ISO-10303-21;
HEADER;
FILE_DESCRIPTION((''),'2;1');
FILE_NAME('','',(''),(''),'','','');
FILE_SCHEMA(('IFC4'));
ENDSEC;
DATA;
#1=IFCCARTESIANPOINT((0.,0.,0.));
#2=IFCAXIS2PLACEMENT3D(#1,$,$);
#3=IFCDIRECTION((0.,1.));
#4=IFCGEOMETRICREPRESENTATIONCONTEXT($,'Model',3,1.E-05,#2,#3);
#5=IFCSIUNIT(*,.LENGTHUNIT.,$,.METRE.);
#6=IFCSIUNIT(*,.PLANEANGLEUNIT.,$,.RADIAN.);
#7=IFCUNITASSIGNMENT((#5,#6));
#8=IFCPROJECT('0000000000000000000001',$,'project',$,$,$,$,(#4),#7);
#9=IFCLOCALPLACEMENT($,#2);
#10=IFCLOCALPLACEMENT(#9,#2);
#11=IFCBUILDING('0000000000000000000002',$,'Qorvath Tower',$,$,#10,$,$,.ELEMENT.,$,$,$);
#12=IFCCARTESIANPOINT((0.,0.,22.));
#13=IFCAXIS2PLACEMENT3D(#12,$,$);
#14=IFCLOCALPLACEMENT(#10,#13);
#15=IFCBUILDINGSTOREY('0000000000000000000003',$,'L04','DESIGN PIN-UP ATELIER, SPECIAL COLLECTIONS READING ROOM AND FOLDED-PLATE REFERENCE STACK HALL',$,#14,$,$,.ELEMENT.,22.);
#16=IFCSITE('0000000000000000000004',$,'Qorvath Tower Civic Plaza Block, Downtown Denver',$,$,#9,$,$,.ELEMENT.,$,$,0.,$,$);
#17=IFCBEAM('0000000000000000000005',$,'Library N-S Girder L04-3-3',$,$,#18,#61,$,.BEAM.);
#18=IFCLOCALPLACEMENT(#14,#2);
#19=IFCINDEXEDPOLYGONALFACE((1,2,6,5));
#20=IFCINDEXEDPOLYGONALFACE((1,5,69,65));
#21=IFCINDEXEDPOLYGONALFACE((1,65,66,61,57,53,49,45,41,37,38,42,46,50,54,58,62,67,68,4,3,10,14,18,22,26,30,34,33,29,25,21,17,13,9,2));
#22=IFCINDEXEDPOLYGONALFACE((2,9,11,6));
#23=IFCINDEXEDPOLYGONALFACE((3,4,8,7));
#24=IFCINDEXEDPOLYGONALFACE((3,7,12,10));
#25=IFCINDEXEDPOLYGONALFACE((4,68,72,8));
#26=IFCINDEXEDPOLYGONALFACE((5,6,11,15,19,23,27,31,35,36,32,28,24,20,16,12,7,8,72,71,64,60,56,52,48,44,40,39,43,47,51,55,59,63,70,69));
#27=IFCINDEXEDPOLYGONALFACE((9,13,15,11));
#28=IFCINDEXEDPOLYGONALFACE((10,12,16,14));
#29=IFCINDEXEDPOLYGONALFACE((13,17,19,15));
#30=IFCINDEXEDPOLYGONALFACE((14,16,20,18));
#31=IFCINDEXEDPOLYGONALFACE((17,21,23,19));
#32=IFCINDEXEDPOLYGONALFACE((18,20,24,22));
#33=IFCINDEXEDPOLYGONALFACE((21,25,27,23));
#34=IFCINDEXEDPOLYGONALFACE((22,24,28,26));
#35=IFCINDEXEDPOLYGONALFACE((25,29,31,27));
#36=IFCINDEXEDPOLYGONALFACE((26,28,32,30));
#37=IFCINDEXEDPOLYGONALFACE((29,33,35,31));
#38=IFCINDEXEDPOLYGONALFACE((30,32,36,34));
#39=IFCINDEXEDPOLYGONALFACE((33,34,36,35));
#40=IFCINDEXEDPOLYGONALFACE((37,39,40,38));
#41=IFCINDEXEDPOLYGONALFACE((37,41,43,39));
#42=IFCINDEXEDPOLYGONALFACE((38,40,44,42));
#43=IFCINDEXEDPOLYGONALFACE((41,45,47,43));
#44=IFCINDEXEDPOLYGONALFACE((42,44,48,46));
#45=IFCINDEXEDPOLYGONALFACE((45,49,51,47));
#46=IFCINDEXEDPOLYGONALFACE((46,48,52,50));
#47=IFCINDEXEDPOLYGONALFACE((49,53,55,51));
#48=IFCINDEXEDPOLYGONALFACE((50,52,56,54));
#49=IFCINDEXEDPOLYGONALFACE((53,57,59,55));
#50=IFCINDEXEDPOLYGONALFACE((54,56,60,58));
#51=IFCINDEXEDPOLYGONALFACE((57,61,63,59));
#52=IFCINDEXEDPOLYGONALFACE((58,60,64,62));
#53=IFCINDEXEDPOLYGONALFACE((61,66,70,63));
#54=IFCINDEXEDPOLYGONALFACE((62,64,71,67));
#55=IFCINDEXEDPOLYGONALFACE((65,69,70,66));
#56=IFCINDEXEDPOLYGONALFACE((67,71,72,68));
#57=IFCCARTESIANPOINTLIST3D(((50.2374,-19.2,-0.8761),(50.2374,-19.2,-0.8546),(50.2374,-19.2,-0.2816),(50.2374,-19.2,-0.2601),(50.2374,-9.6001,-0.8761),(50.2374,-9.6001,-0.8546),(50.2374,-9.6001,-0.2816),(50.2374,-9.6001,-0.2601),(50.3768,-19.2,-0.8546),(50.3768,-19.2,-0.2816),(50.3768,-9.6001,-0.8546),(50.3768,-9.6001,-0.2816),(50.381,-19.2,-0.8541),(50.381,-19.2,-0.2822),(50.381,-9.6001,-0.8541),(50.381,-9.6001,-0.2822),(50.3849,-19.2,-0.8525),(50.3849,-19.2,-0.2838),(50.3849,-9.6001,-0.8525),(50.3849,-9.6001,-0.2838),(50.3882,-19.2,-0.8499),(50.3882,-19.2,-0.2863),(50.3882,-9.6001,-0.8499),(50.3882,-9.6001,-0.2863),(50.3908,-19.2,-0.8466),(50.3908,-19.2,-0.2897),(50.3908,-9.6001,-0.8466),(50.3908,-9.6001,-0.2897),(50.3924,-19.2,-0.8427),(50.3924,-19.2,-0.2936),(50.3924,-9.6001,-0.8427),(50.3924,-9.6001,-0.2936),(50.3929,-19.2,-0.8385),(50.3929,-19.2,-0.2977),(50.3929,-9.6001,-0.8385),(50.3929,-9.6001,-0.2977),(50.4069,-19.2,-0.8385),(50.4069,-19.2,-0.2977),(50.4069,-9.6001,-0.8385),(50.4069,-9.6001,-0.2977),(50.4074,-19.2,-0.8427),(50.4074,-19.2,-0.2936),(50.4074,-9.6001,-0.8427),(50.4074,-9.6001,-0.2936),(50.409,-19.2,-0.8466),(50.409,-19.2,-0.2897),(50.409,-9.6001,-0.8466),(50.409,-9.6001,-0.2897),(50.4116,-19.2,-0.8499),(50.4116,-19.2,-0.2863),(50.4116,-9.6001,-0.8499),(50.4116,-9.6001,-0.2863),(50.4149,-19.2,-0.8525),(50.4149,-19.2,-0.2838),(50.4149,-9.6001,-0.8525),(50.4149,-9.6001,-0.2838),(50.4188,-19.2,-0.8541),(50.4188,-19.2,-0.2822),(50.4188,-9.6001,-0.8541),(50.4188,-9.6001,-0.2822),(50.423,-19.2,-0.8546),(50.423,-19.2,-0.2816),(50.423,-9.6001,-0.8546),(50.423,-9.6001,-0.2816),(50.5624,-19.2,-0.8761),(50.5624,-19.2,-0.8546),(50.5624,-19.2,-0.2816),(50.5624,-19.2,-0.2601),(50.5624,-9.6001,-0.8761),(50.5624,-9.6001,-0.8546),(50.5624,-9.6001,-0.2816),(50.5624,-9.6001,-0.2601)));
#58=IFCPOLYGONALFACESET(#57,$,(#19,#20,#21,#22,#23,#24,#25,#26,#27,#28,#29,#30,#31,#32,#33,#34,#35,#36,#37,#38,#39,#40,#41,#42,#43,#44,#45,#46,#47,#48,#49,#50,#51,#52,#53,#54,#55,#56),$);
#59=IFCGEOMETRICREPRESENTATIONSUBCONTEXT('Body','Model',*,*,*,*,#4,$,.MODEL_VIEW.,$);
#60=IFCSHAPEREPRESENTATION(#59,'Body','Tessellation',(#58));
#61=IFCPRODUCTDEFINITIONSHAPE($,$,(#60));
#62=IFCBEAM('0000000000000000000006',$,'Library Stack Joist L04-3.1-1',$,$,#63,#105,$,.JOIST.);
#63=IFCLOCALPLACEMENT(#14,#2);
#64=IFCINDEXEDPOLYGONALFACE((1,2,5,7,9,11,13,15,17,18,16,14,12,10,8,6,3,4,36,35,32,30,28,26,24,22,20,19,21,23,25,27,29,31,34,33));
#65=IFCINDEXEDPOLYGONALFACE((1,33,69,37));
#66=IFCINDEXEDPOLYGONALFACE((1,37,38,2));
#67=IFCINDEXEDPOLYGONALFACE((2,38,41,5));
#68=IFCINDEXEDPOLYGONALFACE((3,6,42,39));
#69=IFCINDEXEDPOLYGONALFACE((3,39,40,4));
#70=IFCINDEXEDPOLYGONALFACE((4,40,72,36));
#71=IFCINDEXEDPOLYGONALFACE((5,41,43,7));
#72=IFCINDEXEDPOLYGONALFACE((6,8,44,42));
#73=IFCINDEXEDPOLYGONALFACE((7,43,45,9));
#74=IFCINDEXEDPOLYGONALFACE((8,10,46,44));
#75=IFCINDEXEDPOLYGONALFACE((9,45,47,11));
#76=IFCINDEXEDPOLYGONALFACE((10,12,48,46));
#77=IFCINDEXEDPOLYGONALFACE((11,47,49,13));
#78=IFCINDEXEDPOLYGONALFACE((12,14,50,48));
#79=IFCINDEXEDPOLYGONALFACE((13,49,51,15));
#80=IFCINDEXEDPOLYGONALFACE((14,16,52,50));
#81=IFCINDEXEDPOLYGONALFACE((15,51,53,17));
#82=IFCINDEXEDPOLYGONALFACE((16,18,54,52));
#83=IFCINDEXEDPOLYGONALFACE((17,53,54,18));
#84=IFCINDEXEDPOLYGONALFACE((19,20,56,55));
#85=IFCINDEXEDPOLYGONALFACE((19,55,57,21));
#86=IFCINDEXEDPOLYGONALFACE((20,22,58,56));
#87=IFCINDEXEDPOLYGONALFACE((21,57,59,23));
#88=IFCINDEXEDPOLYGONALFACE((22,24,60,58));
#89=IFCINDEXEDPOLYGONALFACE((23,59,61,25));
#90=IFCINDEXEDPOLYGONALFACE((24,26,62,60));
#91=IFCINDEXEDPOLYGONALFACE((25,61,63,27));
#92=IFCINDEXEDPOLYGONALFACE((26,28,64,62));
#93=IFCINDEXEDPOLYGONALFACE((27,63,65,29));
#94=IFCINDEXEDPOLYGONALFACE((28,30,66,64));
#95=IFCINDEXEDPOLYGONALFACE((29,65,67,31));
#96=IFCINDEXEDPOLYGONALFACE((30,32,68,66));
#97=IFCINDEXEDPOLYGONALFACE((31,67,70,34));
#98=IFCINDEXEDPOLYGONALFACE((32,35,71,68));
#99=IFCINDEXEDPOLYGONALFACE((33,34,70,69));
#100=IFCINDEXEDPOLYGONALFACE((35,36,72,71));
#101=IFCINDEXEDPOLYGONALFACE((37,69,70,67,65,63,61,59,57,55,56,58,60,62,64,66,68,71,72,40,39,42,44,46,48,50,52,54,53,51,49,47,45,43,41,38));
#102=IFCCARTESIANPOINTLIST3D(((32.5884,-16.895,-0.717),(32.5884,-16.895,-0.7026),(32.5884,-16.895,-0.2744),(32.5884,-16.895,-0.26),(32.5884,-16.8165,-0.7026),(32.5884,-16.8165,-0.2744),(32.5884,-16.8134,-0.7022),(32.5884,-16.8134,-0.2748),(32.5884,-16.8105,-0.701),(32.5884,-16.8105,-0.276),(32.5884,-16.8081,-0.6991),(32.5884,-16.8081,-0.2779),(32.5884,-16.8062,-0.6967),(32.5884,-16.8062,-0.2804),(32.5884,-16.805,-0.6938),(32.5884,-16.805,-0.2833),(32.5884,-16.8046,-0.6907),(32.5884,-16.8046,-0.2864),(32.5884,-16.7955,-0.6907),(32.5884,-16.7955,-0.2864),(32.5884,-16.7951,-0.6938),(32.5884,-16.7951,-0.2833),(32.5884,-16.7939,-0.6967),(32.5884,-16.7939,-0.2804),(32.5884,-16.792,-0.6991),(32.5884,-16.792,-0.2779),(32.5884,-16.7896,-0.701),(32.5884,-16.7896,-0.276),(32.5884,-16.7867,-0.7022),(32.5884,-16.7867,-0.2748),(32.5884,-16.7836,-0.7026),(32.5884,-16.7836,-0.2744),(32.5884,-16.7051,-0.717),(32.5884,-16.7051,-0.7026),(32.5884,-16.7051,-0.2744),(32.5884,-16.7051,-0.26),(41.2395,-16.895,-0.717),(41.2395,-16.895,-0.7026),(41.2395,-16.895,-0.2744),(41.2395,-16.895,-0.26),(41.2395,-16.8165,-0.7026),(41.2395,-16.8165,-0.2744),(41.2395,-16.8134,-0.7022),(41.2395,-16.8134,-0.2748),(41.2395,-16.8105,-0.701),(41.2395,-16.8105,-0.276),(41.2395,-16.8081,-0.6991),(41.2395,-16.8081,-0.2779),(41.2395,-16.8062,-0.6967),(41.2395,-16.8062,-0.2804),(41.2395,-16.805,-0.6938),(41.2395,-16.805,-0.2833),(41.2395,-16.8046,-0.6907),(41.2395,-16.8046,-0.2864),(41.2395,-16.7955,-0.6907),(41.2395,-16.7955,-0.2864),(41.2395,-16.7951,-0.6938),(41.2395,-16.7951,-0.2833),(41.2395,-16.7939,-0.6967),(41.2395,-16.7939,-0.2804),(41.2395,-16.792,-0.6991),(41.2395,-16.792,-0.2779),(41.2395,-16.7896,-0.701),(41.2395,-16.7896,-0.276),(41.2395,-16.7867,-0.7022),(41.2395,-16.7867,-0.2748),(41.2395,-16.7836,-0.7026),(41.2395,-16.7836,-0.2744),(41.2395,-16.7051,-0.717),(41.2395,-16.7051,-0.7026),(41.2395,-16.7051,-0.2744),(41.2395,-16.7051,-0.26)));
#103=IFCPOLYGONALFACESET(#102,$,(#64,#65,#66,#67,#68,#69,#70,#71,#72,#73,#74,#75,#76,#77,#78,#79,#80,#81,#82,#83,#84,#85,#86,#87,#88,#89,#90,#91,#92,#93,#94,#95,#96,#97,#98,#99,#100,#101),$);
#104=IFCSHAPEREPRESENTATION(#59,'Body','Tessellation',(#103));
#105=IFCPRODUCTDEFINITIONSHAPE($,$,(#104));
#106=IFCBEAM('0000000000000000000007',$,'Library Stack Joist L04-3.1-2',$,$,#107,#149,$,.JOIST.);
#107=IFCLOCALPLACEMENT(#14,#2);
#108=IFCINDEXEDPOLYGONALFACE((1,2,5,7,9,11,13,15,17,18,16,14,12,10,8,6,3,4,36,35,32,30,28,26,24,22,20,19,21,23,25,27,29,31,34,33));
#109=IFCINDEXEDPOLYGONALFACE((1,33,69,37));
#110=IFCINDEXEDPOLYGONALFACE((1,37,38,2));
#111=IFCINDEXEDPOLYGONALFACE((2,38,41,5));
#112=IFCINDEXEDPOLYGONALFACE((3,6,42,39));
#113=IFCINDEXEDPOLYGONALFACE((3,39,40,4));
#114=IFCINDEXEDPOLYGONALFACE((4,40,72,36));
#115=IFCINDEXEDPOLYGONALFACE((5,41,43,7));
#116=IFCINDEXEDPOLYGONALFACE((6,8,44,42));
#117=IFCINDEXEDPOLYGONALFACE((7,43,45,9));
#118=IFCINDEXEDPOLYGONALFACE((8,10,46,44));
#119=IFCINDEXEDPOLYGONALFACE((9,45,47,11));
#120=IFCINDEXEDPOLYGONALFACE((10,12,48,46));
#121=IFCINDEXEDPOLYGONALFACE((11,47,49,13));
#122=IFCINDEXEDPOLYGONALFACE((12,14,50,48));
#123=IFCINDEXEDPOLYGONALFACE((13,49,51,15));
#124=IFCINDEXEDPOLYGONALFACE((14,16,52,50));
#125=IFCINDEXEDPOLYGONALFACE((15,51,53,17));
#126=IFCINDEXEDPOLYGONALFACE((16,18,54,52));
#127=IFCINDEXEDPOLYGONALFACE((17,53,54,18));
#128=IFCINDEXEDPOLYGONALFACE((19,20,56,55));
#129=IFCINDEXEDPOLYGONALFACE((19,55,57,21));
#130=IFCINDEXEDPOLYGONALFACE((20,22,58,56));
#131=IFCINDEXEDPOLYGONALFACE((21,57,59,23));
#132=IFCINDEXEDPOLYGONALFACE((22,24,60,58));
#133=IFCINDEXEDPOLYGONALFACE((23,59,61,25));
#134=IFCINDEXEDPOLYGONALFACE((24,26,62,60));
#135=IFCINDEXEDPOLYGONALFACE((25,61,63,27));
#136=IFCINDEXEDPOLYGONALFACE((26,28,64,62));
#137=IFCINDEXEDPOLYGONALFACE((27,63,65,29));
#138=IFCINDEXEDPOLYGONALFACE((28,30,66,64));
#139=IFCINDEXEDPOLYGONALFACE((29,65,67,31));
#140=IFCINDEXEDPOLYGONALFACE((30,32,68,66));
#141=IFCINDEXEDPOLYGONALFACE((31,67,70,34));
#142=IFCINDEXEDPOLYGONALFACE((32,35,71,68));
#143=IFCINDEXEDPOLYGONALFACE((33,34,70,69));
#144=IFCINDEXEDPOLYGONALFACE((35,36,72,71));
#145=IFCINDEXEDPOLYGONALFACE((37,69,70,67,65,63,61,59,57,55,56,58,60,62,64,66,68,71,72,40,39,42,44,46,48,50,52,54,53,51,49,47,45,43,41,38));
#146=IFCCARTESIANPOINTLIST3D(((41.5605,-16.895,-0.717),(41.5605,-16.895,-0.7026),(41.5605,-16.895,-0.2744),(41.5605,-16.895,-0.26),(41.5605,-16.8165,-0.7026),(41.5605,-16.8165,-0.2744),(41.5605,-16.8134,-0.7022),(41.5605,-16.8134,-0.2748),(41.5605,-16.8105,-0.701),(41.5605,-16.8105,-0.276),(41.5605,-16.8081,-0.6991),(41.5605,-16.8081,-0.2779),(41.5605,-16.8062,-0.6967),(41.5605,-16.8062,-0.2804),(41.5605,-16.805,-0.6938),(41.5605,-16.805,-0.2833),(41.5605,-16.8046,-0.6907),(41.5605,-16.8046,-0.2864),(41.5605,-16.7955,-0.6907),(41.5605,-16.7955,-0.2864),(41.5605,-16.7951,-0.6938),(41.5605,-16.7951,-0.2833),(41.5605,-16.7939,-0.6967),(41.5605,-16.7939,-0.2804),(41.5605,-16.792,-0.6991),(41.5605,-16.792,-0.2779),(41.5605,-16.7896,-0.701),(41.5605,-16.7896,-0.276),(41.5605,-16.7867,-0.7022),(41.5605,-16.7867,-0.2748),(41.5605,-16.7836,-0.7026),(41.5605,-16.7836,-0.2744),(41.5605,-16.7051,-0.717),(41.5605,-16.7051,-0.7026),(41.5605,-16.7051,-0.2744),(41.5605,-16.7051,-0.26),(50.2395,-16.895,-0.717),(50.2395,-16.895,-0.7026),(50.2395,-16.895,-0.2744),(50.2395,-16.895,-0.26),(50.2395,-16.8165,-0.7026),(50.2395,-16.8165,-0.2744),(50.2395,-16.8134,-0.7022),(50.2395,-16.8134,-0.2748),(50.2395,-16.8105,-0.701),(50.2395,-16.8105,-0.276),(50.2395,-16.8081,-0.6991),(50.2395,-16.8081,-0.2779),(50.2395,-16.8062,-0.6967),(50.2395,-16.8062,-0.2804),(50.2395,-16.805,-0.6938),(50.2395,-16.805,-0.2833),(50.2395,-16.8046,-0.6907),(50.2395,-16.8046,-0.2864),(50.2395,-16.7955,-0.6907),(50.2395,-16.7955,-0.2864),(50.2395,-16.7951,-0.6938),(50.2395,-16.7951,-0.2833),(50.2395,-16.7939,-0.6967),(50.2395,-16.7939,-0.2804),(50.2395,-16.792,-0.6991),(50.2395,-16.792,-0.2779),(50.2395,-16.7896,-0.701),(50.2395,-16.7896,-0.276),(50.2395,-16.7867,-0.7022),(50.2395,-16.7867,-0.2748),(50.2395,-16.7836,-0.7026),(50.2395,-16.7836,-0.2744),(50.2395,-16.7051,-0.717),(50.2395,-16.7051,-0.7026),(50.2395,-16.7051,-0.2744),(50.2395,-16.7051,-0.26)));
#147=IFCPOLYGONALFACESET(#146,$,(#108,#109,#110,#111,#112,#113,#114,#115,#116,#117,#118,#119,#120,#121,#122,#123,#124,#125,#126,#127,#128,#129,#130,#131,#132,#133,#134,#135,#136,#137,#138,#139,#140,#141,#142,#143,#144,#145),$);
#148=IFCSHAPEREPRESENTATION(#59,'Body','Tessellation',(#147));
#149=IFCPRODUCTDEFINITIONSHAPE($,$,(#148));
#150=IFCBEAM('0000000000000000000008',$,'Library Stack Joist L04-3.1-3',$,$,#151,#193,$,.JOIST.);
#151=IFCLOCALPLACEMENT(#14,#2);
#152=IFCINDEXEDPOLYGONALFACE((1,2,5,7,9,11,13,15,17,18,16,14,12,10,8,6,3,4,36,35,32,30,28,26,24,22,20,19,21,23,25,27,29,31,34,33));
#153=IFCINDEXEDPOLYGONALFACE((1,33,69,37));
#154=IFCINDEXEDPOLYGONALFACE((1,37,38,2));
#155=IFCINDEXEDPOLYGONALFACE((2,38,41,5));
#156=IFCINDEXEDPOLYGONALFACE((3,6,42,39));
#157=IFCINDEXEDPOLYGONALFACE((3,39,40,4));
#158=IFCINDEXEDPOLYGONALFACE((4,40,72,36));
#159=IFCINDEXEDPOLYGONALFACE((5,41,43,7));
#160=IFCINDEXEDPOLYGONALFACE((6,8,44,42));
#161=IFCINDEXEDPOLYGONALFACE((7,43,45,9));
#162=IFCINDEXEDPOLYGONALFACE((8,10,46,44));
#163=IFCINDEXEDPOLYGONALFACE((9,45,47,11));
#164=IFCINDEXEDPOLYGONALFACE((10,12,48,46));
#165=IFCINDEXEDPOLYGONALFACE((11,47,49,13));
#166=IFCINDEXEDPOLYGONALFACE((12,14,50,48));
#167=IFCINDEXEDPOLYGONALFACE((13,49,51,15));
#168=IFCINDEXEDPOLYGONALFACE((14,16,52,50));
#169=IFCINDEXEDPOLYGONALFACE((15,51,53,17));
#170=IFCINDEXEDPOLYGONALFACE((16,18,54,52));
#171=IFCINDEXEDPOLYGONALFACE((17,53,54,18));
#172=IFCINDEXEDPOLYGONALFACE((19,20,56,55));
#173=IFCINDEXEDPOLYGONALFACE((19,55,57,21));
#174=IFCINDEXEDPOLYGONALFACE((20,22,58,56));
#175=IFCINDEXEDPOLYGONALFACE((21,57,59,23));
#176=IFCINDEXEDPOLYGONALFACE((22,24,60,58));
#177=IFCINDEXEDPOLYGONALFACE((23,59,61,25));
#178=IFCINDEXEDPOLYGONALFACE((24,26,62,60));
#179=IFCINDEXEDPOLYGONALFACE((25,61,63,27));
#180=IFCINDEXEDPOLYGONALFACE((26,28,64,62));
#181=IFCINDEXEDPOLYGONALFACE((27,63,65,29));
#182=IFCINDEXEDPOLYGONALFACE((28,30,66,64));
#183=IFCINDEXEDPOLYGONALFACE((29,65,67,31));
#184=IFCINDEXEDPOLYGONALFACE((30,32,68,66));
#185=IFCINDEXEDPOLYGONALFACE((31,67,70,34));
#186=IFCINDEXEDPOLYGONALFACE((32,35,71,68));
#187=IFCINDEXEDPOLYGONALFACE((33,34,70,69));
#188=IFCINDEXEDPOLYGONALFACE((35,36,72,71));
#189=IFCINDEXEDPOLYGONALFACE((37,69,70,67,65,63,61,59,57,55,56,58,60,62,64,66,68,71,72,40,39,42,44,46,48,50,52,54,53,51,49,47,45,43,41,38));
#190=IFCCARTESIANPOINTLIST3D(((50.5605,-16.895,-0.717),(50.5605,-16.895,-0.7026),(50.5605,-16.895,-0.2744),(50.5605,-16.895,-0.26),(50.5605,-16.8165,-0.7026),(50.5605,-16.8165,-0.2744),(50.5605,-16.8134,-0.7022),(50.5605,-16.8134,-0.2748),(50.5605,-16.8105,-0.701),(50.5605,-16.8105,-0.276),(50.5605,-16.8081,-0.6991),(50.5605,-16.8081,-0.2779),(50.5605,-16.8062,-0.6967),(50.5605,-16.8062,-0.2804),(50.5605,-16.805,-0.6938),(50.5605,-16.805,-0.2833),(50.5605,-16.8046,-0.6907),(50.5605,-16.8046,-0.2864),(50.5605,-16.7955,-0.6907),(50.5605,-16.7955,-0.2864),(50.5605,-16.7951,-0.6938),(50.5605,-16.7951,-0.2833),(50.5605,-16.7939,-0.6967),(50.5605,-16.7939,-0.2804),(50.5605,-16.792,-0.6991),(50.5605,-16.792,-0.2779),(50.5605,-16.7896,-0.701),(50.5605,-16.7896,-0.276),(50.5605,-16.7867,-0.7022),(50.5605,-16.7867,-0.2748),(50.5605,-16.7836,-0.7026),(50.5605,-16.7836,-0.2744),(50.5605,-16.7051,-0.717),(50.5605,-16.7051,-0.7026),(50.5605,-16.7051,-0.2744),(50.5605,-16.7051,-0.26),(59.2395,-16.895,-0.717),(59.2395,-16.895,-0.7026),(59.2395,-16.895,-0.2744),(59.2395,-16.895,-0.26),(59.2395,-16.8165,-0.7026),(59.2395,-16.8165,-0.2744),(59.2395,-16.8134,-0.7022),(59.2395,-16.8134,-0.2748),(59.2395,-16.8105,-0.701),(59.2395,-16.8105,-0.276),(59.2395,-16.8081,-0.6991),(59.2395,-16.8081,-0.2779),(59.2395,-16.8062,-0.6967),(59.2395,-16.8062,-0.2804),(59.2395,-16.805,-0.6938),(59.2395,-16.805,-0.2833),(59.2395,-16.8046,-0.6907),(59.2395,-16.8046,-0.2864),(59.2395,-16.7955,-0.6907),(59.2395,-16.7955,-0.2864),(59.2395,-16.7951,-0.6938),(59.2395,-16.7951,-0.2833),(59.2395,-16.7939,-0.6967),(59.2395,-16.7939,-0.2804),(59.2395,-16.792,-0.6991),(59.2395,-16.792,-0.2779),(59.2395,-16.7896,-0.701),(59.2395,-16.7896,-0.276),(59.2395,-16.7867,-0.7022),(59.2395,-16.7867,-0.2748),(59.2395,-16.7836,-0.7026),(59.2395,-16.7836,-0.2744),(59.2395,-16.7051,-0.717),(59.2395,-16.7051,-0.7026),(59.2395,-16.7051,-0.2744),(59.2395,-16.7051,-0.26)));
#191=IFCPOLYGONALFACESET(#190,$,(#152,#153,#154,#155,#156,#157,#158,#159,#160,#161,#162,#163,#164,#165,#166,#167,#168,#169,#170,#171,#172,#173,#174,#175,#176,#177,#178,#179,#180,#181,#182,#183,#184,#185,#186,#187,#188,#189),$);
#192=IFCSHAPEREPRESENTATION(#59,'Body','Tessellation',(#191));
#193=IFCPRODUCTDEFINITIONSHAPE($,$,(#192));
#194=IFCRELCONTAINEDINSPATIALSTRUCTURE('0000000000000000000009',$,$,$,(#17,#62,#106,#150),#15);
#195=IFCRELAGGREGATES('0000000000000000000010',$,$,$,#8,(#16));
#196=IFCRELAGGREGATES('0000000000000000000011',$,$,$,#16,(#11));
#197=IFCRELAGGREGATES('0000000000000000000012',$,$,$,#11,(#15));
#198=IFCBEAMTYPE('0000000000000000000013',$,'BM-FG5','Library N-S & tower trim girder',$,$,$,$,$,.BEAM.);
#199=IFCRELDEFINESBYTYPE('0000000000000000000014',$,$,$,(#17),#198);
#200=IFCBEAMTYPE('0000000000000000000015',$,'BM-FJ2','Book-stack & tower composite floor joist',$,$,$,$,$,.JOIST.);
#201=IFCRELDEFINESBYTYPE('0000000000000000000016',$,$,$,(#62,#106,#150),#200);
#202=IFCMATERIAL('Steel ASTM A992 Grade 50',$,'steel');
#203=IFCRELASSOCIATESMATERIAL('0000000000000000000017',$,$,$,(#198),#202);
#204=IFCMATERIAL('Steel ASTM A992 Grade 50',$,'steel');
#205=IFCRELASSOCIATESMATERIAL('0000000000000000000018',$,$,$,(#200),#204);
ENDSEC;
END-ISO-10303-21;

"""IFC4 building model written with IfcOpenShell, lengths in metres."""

from ifc_helpers import new_model, si_unit, direction, frame, origin, origin_2d, place, context, subcontext, project, spatial, i_section, extrude, material, material_profile, profile_set, type_object, element, save


model = new_model("IFC4")

# Units and contexts
model_context = context("Model", 3, precision=1e-05, world=origin(), true_north=direction((0.0, 1.0)))
body_context = subcontext(model_context, "Body", "Model", "MODEL_VIEW")
ifc_project = project(units=[si_unit("LENGTHUNIT", "METRE"), si_unit("PLANEANGLEUNIT", "RADIAN")], contexts=[model_context])

# Site, building, storey
site_placement = place(None, origin())
site = spatial("IfcSite", under=ifc_project, at=site_placement, Name="Qorvath Tower Civic Plaza Block, Downtown Denver", CompositionType="ELEMENT", RefElevation=0.0)
building_placement = place(site_placement, origin())
building = spatial("IfcBuilding", under=site, at=building_placement, Name="Qorvath Tower", CompositionType="ELEMENT")
storey_placement = place(building_placement, frame((0.0, 0.0, 22.0)))
storey = spatial("IfcBuildingStorey", under=building, at=storey_placement, Name="L04", Description="DESIGN PIN-UP ATELIER, SPECIAL COLLECTIONS READING ROOM AND FOLDED-PLATE REFERENCE STACK HALL", CompositionType="ELEMENT", Elevation=22.0)

# Beams
ifc_material_1 = material(Name="Steel ASTM A992 Grade 50", Category="steel")
ifc_material_profile_1 = material_profile(ifc_material_1, i_section(OverallWidth=0.325, OverallDepth=0.616, WebThickness=0.0139, FlangeThickness=0.0215, FilletRadius=0.0161, at=origin_2d()), Name="W24x117")
ifc_profile_set_1 = profile_set([ifc_material_profile_1], Name="Steel ASTM A992 Grade 50")
beam_type_1 = type_object("IfcBeamType", Name="BM-FG5", Description="Library N-S & tower trim girder", PredefinedType="BEAM", material=ifc_profile_set_1)
for number, where, z_axis, x_axis, name in (
    (1, (50.3999, -19.2, -0.5681), (0.0, 1.0, 0.0), (-1.0, 0.0, 0.0), "Library N-S Girder L04-3-3"),
):
    element("IfcBeam", number, at=place(storey_placement, frame(where, z_axis=z_axis, x_axis=x_axis)), inside=storey, type_object=beam_type_1, Name=name, PredefinedType="BEAM", context=body_context, shape_type="SweptSolid", body=[
        extrude(i_section(OverallWidth=0.325, OverallDepth=0.616, WebThickness=0.0139, FlangeThickness=0.0215, FilletRadius=0.0161, at=origin_2d()), origin(), (0.0, 0.0, 1.0), 9.5999),
    ])
ifc_material_2 = material(Name="Steel ASTM A992 Grade 50", Category="steel")
ifc_material_profile_2 = material_profile(ifc_material_2, i_section(OverallWidth=0.1899, OverallDepth=0.457, WebThickness=0.009, FlangeThickness=0.0144, FilletRadius=0.012, at=origin_2d()), Name="W18x50")
ifc_profile_set_2 = profile_set([ifc_material_profile_2], Name="Steel ASTM A992 Grade 50")
beam_type_2 = type_object("IfcBeamType", Name="BM-FJ2", Description="Book-stack & tower composite floor joist", PredefinedType="JOIST", material=ifc_profile_set_2)
beam_1_placement = place(storey_placement, frame((32.5884, -16.8, -0.4885), z_axis=(1.0, 0.0, 0.0), x_axis=(0.0, 1.0, 0.0)))
element("IfcBeam", 2, at=beam_1_placement, inside=storey, type_object=beam_type_2, Name="Library Stack Joist L04-3.1-1", PredefinedType="JOIST", context=body_context, shape_type="SweptSolid", body=[
    extrude(i_section(OverallWidth=0.1899, OverallDepth=0.457, WebThickness=0.009, FlangeThickness=0.0144, FilletRadius=0.012, at=origin_2d()), origin(), (0.0, 0.0, 1.0), 8.6511),
])
for number, where, z_axis, x_axis, name in (
    (3, (41.5605, -16.8, -0.4885), (1.0, 0.0, 0.0), (0.0, 1.0, 0.0), "Library Stack Joist L04-3.1-2"),
    (4, (50.5605, -16.8, -0.4885), (1.0, 0.0, 0.0), (0.0, 1.0, 0.0), "Library Stack Joist L04-3.1-3"),
):
    element("IfcBeam", number, at=place(storey_placement, frame(where, z_axis=z_axis, x_axis=x_axis)), inside=storey, type_object=beam_type_2, Name=name, PredefinedType="JOIST", context=body_context, shape_type="SweptSolid", body=[
        extrude(i_section(OverallWidth=0.1899, OverallDepth=0.457, WebThickness=0.009, FlangeThickness=0.0144, FilletRadius=0.012, at=origin_2d()), origin(), (0.0, 0.0, 1.0), 8.679),
    ])

save(model, "model.ifc")
